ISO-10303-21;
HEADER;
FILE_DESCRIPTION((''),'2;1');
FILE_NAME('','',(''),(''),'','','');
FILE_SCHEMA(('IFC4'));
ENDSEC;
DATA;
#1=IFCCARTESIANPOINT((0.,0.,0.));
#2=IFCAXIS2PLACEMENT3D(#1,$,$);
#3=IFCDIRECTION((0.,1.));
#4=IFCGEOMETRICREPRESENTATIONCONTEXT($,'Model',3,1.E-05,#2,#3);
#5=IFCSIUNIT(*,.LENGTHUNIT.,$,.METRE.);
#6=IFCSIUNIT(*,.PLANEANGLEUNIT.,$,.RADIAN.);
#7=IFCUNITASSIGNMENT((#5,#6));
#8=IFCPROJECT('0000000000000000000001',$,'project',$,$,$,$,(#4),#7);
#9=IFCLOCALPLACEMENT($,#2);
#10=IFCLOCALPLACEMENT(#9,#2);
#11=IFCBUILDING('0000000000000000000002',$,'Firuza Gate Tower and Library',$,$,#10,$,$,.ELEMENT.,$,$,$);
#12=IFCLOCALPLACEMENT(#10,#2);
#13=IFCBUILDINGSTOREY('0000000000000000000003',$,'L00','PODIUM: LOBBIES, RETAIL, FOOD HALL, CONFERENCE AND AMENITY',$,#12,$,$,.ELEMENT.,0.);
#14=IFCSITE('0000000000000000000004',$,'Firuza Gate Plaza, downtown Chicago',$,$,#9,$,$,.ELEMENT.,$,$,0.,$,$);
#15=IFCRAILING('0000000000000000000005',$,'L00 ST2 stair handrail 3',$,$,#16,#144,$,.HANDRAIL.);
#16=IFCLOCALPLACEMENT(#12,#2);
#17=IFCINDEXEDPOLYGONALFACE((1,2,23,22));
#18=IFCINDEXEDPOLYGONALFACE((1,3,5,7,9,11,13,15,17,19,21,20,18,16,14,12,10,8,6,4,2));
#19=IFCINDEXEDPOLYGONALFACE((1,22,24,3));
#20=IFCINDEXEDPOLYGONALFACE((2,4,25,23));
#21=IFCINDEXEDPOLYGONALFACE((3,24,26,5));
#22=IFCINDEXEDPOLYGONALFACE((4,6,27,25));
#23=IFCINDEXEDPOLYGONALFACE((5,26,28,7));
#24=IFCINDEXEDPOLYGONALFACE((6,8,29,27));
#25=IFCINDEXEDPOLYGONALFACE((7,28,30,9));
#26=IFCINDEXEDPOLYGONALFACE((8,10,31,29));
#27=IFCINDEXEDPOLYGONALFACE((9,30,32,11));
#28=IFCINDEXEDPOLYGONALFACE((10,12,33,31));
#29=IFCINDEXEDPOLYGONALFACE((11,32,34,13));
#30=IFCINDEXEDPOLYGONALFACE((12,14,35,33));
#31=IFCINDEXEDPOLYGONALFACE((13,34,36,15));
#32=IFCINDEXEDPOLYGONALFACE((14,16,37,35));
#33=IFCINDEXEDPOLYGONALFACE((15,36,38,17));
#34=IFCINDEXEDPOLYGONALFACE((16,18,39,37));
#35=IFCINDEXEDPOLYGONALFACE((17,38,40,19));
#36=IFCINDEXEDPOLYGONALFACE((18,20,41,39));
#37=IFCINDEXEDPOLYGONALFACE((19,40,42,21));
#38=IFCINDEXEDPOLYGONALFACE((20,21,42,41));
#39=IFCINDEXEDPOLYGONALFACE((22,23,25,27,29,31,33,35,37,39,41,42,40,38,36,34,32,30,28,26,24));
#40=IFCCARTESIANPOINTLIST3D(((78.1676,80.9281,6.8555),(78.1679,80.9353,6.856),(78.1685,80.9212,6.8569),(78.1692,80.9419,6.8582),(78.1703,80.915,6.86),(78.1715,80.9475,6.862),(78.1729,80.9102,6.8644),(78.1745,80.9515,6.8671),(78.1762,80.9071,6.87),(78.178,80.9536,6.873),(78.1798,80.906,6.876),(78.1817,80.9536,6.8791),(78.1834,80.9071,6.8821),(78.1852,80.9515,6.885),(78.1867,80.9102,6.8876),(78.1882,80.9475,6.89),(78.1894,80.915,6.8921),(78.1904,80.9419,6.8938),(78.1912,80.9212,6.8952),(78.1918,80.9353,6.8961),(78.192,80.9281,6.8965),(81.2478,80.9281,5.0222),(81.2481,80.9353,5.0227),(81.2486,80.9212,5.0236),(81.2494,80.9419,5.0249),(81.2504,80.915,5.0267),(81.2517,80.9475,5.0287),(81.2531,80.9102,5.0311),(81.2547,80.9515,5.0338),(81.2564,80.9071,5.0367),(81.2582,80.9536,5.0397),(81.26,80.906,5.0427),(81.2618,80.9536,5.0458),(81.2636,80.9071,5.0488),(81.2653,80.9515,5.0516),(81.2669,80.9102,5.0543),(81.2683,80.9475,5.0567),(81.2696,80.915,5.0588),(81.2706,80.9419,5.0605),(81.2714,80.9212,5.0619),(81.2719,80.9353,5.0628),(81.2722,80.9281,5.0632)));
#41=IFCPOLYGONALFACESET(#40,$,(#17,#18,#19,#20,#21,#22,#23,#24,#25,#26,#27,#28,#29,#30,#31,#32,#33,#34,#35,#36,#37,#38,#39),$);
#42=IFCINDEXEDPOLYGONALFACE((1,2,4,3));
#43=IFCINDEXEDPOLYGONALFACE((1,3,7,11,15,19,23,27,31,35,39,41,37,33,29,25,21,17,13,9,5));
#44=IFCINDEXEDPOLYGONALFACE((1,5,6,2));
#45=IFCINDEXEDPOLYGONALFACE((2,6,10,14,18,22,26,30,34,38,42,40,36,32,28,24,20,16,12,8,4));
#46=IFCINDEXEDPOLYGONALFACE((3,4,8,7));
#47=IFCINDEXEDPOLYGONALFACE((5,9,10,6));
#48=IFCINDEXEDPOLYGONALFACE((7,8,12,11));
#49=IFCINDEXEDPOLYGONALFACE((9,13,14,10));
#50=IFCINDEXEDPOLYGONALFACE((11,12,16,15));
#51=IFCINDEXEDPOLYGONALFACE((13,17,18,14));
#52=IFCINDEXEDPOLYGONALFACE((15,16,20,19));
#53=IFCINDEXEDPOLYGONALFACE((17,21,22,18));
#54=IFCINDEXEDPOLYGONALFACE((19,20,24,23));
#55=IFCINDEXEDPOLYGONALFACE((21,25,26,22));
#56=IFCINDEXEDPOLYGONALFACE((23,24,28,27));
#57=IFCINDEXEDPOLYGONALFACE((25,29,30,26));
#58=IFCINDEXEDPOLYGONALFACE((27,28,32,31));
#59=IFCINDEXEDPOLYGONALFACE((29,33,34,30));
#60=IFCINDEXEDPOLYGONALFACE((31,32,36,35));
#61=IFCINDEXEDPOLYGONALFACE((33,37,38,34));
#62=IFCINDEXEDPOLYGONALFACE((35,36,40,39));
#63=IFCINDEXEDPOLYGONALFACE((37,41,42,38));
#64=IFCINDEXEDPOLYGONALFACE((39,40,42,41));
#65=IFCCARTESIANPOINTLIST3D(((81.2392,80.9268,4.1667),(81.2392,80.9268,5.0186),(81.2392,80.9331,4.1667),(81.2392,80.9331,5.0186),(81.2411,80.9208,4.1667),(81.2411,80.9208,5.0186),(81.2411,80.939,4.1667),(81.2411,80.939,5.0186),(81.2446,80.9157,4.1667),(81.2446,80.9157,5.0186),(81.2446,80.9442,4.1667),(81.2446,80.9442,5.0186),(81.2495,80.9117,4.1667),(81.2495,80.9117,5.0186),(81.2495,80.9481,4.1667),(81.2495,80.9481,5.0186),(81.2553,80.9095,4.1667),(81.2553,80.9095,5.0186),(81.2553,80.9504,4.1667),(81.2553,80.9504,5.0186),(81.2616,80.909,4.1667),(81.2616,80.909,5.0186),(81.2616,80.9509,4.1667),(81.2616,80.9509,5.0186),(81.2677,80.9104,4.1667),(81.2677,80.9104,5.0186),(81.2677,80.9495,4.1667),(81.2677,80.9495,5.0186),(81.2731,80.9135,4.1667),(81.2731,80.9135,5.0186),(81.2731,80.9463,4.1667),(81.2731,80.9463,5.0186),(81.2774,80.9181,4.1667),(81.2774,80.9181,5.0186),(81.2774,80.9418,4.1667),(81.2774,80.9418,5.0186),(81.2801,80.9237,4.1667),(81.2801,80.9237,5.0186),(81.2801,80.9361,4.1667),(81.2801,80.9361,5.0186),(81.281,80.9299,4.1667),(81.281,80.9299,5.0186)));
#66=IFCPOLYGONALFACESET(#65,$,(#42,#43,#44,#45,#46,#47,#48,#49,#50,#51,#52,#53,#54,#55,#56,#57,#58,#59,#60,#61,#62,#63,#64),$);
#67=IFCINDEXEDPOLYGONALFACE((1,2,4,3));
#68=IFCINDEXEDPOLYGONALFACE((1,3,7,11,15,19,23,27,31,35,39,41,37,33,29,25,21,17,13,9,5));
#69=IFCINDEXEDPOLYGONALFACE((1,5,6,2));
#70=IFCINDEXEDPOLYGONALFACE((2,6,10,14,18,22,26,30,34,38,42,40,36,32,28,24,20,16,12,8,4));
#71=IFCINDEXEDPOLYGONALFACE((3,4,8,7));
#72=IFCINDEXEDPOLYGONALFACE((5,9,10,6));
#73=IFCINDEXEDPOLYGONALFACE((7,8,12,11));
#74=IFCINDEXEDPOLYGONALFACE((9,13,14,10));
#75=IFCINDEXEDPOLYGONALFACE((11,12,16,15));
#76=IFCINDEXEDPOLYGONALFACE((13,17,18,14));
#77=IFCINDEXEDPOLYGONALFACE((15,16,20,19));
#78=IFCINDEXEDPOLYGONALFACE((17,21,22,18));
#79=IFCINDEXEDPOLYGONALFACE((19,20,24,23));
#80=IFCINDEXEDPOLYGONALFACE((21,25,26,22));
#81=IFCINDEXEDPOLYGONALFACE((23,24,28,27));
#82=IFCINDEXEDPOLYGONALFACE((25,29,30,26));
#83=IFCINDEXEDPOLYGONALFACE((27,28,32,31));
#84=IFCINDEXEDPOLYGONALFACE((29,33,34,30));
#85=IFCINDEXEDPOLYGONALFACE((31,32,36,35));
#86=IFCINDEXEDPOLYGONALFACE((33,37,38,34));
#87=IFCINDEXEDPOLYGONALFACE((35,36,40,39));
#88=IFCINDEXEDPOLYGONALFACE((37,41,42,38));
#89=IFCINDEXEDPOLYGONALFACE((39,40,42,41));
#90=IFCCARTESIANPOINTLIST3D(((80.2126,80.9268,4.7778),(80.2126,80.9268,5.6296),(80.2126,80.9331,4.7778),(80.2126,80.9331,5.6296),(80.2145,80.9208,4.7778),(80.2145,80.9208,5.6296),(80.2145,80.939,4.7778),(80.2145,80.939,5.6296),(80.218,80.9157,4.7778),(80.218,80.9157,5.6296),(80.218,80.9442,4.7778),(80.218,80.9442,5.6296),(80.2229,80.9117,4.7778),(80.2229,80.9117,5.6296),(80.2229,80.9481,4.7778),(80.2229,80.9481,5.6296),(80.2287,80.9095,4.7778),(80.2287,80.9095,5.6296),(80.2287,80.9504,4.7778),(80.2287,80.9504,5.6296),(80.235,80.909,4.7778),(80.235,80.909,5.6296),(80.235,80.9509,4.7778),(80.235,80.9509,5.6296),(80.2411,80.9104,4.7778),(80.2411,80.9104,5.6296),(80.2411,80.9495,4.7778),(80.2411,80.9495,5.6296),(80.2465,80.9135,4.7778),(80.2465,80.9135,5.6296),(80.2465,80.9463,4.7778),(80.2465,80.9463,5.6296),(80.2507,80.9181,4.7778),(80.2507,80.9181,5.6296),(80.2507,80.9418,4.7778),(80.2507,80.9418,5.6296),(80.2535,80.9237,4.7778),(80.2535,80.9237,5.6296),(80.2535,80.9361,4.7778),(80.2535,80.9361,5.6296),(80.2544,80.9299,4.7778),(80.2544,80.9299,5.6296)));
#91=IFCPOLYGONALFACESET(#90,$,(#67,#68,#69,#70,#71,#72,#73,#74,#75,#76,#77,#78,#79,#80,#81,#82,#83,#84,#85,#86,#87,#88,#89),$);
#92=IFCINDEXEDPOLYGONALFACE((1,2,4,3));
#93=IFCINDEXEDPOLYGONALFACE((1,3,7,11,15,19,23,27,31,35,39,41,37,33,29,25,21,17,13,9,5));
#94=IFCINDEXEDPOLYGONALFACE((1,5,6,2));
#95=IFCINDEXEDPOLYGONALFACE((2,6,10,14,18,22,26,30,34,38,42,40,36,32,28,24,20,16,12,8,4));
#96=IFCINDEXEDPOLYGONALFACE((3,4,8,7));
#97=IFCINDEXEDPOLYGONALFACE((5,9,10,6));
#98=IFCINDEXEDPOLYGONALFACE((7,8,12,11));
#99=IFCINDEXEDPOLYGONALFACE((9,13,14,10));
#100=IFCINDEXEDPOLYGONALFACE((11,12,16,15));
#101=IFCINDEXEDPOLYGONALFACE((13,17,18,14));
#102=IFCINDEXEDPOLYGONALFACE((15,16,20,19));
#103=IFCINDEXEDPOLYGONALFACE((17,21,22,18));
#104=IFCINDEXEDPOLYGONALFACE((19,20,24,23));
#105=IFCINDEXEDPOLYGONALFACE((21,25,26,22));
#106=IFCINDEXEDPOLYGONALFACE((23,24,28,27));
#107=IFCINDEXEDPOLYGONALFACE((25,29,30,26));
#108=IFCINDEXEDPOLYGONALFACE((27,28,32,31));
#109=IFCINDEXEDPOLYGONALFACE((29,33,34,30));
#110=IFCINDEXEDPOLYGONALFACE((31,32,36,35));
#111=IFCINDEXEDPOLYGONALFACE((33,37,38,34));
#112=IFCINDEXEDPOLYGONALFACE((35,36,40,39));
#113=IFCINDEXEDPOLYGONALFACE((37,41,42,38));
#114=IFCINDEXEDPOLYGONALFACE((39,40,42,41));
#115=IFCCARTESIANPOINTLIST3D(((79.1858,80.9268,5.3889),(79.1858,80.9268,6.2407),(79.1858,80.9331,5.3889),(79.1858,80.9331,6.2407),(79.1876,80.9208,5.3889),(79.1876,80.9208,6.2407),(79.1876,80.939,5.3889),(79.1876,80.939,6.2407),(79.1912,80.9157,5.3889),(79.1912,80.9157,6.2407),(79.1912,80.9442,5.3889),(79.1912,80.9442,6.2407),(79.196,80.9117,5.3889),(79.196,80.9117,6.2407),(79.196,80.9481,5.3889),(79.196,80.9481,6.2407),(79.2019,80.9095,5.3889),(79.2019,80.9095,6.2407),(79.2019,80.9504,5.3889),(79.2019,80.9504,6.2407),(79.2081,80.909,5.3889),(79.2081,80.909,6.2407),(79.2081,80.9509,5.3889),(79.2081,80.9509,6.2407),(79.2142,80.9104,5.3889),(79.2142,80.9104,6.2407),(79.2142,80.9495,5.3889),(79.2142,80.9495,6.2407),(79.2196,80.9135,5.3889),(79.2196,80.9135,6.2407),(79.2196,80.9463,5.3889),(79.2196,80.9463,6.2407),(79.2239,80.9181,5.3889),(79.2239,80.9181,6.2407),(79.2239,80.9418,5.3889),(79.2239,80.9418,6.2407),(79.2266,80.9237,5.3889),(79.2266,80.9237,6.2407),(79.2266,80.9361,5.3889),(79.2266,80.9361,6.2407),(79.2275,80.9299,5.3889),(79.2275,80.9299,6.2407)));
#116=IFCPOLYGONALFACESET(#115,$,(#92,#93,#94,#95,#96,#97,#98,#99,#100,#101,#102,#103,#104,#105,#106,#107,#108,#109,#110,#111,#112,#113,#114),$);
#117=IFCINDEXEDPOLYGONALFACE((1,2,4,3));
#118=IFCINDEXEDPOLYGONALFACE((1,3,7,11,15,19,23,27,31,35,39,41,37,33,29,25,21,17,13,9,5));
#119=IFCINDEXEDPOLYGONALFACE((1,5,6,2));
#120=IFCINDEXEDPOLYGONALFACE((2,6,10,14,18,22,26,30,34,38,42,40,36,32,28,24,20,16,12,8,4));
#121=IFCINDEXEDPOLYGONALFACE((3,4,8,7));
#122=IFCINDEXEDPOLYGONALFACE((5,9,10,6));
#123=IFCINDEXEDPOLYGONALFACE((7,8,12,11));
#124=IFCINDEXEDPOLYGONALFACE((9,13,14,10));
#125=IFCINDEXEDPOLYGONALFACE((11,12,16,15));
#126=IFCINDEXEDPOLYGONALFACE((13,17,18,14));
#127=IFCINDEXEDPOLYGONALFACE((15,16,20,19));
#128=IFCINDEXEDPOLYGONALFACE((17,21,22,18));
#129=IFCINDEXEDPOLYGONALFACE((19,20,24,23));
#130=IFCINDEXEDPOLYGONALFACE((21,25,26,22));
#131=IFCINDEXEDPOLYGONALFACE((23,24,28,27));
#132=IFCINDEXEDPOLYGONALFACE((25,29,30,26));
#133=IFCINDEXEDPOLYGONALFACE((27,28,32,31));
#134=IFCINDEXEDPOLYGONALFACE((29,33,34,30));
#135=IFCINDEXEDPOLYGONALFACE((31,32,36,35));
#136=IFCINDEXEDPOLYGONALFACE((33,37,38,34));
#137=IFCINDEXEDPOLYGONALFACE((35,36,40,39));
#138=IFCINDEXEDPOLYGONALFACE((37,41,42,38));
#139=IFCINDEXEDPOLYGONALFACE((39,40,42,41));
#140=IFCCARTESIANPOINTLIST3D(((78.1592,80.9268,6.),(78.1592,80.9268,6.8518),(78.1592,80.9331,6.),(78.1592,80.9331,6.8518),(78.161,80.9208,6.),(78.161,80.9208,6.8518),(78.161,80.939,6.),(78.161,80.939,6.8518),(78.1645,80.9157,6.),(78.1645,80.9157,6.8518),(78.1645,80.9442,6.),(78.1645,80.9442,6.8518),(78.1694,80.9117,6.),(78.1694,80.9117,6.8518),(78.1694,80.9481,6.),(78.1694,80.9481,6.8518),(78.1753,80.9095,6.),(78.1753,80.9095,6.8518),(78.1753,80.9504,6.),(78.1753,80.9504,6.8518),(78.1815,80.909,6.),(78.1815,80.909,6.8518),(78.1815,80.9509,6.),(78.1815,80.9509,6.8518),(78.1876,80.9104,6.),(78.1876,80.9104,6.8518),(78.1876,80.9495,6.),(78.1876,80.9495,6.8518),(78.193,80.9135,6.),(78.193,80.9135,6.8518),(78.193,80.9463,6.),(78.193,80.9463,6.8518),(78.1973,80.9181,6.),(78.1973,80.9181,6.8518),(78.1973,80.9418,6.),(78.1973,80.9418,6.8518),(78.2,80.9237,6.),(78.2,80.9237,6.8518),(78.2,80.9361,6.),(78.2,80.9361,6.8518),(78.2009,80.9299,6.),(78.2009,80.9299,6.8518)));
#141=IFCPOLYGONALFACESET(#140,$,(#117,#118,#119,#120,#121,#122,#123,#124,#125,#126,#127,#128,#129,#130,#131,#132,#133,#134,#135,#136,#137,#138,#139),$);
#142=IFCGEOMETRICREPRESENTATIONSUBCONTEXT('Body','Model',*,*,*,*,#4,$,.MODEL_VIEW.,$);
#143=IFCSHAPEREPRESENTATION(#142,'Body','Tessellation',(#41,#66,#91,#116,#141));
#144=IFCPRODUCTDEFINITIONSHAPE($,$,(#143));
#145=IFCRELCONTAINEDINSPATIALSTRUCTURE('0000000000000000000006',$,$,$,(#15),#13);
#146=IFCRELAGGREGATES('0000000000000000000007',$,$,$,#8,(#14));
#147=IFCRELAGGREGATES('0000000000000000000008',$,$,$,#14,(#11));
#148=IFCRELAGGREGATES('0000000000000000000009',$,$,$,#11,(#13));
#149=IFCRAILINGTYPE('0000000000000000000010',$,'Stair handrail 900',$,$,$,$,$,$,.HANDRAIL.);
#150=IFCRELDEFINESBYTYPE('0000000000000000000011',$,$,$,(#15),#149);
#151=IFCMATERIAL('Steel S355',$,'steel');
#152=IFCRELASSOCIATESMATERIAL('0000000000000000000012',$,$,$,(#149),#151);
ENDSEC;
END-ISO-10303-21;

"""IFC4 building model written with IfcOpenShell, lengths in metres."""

from ifc_helpers import new_model, si_unit, direction, frame, origin, origin_2d, place, context, subcontext, project, spatial, circle, extrude, material, type_object, element, save


model = new_model("IFC4")

# Units and contexts
model_context = context("Model", 3, precision=1e-05, world=origin(), true_north=direction((0.0, 1.0)))
body_context = subcontext(model_context, "Body", "Model", "MODEL_VIEW")
ifc_project = project(units=[si_unit("LENGTHUNIT", "METRE"), si_unit("PLANEANGLEUNIT", "RADIAN")], contexts=[model_context])

# Site, building, storey
site_placement = place(None, origin())
site = spatial("IfcSite", under=ifc_project, at=site_placement, Name="Firuza Gate Plaza, downtown Chicago", CompositionType="ELEMENT", RefElevation=0.0)
building_placement = place(site_placement, origin())
building = spatial("IfcBuilding", under=site, at=building_placement, Name="Firuza Gate Tower and Library", CompositionType="ELEMENT")
storey_placement = place(building_placement, origin())
storey = spatial("IfcBuildingStorey", under=building, at=storey_placement, Name="L00", Description="PODIUM: LOBBIES, RETAIL, FOOD HALL, CONFERENCE AND AMENITY", CompositionType="ELEMENT", Elevation=0.0)

# Railing
ifc_material_1 = material(Name="Steel S355", Category="steel")
railing_type_1 = type_object("IfcRailingType", Name="Stair handrail 900", PredefinedType="HANDRAIL", material=ifc_material_1)
for number, where, name in (
    (1, (81.26, 80.9299, 4.1667), "L00 ST2 stair handrail 3"),
):
    element("IfcRailing", number, at=place(storey_placement, frame(where)), inside=storey, type_object=railing_type_1, Name=name, PredefinedType="HANDRAIL", context=body_context, shape_type="SweptSolid", body=[
        extrude(circle(Radius=0.0239, at=origin_2d()), frame((0.0, 0.0, 0.876), z_axis=(-0.859309, 0.0, 0.511458), x_axis=(0.0, -1.0, 0.0)), (0.0, 0.0, 1.0), 3.5845),
        extrude(circle(Radius=0.021, at=origin_2d()), origin(), (0.0, 0.0, 1.0), 0.8518),
        extrude(circle(Radius=0.021, at=origin_2d()), frame((-1.0266, 0.0, 0.6111)), (0.0, 0.0, 1.0), 0.8518),
        extrude(circle(Radius=0.021, at=origin_2d()), frame((-2.0535, 0.0, 1.2222)), (0.0, 0.0, 1.0), 0.8518),
        extrude(circle(Radius=0.021, at=origin_2d()), frame((-3.0801, 0.0, 1.8333)), (0.0, 0.0, 1.0), 0.8518),
    ])

save(model, "model.ifc")
